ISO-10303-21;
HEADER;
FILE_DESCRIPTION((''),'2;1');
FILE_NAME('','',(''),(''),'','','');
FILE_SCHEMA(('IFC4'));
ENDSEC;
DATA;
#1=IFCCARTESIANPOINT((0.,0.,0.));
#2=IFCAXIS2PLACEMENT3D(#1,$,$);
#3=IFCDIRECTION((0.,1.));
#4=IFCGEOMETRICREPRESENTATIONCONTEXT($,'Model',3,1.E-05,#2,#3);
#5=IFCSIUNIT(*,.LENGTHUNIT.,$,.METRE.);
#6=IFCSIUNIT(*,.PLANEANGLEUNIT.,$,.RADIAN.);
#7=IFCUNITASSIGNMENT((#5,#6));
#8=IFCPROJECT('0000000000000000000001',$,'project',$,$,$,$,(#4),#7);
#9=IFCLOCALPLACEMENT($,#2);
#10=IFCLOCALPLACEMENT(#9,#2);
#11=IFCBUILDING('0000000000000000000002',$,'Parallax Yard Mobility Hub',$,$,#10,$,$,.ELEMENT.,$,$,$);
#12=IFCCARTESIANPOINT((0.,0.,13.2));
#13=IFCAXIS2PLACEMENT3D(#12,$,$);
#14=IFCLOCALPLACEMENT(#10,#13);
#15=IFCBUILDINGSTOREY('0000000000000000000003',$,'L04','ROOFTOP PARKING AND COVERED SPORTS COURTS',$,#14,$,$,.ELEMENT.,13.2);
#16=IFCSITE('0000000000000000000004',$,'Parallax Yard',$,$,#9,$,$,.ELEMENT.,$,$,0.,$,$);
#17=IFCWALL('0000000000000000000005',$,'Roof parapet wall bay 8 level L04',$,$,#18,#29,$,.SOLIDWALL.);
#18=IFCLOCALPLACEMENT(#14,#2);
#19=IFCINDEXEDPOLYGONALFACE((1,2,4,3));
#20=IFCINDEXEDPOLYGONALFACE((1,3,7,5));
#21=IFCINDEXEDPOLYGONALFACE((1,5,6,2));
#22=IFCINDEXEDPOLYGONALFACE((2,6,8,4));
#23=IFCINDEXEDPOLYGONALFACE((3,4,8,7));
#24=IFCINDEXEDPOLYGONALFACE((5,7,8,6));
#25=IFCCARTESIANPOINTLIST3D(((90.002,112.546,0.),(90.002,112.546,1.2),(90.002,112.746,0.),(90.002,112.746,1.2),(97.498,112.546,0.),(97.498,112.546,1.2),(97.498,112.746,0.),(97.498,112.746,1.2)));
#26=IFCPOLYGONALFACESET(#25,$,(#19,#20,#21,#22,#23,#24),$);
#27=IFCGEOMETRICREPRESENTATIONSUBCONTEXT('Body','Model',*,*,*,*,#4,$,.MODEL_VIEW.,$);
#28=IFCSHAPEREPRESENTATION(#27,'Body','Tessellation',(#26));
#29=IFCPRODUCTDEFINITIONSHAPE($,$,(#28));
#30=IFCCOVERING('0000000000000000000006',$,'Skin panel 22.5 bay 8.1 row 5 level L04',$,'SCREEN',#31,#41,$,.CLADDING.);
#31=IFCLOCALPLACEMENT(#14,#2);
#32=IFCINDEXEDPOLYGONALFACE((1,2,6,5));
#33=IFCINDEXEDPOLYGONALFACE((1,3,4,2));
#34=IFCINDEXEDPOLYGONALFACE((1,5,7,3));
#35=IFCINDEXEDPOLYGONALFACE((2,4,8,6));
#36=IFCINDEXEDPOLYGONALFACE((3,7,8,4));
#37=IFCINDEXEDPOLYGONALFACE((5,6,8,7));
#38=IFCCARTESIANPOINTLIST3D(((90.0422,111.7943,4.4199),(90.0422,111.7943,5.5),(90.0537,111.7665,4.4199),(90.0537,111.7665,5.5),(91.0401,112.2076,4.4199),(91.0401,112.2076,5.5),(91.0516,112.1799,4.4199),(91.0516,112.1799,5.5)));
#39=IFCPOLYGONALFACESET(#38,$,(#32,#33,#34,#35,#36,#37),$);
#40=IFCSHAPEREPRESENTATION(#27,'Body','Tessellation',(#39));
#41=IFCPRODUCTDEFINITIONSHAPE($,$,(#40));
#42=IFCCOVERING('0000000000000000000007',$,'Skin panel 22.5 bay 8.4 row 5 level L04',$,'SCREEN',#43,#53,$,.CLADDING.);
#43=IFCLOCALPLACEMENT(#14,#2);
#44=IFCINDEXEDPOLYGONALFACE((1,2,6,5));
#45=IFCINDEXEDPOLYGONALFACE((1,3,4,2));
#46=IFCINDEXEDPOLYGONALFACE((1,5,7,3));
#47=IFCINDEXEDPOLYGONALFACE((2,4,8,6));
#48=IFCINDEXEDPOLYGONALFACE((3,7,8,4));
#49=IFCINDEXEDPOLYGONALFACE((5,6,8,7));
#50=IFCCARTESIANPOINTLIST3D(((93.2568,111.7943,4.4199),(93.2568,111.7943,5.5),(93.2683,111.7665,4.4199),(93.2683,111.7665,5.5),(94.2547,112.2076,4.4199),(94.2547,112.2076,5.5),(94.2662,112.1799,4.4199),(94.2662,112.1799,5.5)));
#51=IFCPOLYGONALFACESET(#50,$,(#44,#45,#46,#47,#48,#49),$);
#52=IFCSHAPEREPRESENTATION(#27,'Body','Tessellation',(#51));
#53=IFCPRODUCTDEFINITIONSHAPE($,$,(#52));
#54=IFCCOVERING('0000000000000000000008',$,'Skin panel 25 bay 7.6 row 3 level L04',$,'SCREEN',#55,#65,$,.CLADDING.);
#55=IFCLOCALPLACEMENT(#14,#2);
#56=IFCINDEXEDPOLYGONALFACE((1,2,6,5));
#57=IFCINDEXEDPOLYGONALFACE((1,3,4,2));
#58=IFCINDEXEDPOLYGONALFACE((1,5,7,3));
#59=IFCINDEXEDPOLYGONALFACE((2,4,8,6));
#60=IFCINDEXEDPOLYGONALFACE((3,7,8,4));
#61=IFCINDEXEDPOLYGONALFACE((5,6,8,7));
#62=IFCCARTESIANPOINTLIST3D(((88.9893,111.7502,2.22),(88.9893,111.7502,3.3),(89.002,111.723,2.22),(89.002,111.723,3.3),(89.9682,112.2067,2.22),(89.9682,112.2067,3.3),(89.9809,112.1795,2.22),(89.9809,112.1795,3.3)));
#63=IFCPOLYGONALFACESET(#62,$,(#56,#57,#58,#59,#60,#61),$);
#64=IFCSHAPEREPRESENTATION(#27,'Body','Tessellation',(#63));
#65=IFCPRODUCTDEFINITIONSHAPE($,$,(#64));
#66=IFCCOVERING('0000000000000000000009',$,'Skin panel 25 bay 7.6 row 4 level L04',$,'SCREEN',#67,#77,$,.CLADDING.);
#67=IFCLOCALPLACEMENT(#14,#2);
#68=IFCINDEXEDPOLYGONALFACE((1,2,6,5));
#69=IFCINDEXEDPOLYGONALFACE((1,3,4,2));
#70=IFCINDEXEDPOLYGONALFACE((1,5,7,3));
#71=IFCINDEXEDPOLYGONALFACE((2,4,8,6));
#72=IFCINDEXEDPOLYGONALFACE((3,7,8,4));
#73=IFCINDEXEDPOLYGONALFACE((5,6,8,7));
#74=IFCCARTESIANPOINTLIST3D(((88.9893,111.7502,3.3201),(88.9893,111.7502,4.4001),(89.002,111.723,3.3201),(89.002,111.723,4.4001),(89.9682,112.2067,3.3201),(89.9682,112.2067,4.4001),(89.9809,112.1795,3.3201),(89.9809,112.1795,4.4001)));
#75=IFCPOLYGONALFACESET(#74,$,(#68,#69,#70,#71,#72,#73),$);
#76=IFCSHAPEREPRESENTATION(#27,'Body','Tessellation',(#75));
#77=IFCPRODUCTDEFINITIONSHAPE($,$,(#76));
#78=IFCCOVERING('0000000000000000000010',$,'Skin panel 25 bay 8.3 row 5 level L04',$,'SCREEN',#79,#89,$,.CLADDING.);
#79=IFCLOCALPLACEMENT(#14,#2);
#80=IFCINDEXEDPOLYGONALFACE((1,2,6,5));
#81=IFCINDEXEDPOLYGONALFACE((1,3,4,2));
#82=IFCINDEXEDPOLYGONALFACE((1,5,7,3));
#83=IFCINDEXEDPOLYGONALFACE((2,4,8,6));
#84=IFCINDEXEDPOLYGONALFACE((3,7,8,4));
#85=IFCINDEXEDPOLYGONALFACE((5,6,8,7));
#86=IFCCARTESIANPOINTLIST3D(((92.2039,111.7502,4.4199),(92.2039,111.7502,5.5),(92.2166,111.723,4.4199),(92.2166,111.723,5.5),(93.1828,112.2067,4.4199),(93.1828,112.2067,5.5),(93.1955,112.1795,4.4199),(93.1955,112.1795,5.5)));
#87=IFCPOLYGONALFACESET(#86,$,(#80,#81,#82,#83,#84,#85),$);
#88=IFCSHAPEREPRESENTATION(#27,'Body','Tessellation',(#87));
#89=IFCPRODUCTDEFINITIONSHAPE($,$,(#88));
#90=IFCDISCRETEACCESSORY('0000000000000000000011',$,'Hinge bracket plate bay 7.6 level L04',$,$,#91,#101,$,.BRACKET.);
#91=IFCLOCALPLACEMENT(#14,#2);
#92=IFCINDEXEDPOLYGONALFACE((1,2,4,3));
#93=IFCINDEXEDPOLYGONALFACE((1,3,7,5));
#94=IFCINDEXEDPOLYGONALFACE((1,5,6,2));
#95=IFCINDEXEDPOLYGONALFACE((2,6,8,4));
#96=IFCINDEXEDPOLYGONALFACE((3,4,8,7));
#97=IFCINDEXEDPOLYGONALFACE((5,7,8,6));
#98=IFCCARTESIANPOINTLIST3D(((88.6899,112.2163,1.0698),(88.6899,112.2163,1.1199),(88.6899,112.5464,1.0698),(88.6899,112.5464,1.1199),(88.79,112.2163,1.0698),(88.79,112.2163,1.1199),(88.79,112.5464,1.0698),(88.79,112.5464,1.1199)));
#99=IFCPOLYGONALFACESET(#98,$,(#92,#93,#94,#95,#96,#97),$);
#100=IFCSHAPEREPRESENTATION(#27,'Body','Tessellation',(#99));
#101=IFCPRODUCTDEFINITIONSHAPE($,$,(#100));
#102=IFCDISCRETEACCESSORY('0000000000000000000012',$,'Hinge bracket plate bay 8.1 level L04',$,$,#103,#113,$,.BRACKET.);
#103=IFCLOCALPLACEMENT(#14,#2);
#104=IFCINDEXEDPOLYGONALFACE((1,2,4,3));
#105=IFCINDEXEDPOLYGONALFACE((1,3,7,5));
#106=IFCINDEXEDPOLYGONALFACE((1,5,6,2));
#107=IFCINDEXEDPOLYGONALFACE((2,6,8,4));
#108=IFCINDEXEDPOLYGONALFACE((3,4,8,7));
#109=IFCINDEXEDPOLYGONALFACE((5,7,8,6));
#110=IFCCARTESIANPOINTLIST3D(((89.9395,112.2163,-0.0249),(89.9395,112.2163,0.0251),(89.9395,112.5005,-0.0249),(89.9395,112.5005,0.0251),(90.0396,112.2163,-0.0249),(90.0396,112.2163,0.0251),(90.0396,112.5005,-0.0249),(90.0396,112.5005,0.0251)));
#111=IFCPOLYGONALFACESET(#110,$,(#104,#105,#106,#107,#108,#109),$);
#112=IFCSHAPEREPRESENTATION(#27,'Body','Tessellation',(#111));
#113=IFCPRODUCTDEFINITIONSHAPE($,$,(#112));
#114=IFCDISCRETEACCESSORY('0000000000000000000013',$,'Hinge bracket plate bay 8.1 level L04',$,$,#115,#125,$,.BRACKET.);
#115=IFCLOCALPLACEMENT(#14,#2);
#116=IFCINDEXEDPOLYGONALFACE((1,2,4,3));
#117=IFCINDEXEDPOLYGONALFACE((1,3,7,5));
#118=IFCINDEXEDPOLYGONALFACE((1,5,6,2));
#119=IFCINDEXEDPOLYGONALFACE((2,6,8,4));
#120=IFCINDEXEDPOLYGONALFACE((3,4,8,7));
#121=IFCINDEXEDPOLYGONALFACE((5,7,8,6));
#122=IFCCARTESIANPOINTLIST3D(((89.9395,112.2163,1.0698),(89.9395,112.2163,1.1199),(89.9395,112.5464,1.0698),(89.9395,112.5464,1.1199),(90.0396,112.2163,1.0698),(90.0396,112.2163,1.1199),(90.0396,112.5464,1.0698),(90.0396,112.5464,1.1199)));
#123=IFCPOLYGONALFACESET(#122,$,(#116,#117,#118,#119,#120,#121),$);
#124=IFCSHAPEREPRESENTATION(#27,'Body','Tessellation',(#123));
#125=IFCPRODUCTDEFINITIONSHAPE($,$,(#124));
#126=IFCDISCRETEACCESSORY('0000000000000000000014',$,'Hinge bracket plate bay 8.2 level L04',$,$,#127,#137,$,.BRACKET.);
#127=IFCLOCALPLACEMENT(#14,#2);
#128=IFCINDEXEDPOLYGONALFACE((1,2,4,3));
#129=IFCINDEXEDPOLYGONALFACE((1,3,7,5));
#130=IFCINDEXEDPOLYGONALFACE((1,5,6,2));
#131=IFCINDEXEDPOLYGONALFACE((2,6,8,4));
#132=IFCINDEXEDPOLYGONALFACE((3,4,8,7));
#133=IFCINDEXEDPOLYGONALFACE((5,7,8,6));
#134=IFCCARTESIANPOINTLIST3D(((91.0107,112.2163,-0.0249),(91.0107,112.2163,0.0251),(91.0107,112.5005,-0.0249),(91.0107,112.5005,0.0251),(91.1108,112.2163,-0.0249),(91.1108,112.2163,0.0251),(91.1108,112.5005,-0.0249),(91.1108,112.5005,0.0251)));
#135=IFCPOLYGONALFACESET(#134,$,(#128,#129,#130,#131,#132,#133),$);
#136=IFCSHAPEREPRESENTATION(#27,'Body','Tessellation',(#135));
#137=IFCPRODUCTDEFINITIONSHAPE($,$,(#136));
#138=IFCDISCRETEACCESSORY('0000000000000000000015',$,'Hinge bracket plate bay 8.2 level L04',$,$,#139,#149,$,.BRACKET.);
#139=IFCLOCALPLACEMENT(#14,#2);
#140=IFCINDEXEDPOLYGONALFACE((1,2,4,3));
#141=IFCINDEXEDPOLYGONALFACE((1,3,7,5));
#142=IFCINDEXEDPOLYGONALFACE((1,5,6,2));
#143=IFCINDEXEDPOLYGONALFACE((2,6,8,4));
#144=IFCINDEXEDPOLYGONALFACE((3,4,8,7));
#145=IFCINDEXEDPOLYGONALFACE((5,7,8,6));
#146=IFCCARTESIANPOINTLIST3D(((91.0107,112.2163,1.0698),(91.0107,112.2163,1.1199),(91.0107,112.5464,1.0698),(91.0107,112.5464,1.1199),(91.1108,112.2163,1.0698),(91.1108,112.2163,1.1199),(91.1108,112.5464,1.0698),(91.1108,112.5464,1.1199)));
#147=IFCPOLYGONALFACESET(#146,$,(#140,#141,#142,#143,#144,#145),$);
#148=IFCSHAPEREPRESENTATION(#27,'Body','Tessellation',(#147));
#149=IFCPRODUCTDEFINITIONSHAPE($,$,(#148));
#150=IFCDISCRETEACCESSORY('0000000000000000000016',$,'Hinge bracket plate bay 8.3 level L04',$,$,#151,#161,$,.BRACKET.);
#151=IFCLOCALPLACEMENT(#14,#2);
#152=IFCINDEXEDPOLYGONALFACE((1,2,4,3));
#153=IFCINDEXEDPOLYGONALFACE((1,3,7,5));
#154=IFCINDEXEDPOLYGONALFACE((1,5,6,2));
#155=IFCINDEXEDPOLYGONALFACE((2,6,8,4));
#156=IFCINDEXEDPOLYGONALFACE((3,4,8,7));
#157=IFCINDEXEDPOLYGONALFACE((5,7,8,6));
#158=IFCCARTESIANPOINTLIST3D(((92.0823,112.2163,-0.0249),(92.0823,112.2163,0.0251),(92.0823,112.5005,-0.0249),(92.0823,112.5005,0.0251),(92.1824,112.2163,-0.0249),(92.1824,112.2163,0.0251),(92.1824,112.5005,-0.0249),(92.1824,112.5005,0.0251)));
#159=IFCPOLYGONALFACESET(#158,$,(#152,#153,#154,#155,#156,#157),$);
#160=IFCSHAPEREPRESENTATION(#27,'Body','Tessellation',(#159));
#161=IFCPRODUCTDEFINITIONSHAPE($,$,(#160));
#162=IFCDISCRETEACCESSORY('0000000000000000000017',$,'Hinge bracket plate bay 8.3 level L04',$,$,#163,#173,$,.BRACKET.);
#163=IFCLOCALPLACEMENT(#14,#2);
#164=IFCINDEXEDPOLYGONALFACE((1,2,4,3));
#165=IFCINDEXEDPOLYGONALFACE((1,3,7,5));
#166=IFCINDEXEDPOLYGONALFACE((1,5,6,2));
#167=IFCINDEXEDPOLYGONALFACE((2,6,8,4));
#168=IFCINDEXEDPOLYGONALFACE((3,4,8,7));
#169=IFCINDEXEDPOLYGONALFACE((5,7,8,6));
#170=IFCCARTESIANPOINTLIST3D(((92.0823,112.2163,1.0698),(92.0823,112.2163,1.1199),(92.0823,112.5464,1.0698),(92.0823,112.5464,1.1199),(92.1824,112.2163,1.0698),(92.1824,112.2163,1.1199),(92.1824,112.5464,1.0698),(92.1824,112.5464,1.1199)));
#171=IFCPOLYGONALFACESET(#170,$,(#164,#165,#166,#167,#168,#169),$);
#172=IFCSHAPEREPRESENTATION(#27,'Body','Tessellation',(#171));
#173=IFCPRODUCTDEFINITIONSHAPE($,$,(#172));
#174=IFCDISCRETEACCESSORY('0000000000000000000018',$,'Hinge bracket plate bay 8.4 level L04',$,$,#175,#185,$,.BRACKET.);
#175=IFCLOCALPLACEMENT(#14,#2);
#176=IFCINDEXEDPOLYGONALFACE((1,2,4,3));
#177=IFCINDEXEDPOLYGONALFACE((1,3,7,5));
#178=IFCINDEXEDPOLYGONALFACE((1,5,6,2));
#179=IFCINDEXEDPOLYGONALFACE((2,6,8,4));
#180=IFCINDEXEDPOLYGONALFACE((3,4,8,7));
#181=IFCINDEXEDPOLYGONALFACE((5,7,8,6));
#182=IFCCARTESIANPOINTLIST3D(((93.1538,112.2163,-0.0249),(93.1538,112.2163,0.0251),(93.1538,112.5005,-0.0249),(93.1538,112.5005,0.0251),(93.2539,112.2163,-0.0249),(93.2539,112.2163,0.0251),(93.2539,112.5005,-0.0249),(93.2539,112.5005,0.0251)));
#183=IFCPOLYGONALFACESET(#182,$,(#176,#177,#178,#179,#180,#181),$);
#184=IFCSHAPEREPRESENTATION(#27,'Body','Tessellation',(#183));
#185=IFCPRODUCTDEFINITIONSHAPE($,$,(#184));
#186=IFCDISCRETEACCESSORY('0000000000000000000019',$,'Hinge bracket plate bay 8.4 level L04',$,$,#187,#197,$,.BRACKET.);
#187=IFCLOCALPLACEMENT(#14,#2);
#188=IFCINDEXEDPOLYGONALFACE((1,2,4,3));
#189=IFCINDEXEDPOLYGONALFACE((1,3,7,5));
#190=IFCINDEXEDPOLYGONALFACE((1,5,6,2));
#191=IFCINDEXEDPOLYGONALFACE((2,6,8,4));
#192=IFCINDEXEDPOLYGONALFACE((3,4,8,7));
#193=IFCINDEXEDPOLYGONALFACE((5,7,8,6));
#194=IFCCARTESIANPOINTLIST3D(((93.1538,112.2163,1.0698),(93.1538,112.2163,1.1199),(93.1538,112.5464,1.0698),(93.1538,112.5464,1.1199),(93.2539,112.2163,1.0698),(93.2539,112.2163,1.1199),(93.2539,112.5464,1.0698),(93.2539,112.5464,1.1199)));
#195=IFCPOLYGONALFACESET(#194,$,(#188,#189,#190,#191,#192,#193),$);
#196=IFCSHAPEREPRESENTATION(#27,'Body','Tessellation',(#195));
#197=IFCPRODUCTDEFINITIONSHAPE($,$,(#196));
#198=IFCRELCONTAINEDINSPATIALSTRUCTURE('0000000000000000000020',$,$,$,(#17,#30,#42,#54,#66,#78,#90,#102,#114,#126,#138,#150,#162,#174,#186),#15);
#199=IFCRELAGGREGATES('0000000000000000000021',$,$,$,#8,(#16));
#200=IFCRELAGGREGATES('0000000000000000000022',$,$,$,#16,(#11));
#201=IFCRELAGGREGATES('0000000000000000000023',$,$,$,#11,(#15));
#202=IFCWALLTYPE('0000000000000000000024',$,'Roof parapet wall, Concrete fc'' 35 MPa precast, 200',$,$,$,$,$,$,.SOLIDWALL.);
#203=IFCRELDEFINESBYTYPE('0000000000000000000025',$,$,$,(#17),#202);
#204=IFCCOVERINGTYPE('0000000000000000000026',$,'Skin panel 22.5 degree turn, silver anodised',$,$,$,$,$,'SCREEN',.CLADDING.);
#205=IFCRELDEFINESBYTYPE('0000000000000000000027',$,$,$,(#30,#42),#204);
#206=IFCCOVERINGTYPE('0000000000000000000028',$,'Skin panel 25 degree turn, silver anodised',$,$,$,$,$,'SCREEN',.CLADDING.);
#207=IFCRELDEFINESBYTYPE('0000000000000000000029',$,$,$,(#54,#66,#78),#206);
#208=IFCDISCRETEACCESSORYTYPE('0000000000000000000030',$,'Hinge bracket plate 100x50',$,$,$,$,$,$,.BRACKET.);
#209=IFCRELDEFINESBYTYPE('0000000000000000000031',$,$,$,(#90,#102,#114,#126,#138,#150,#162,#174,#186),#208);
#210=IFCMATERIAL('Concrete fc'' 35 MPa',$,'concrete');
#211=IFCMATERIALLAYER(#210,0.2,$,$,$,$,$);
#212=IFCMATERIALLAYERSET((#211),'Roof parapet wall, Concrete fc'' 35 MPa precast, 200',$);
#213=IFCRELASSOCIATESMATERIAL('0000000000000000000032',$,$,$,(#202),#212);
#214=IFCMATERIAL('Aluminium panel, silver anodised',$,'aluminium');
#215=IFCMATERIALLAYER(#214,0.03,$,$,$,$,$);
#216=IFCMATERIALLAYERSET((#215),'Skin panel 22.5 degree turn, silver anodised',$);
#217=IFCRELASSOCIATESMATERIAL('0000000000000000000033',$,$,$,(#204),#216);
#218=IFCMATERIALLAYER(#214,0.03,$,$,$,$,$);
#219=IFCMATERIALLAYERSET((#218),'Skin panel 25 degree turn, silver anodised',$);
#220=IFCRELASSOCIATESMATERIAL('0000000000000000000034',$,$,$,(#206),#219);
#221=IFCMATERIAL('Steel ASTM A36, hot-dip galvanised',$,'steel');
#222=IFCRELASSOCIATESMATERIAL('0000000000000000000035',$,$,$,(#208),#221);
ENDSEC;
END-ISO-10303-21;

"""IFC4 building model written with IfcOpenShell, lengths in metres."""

from ifc_helpers import new_model, si_unit, direction, frame, frame_2d, origin, origin_2d, place, context, subcontext, project, spatial, rectangle, extrude, material, layer, layer_set, type_object, element, save


model = new_model("IFC4")

# Units and contexts
model_context = context("Model", 3, precision=1e-05, world=origin(), true_north=direction((0.0, 1.0)))
body_context = subcontext(model_context, "Body", "Model", "MODEL_VIEW")
ifc_project = project(units=[si_unit("LENGTHUNIT", "METRE"), si_unit("PLANEANGLEUNIT", "RADIAN")], contexts=[model_context])

# Site, building, storey
site_placement = place(None, origin())
site = spatial("IfcSite", under=ifc_project, at=site_placement, Name="Parallax Yard", CompositionType="ELEMENT", RefElevation=0.0)
building_placement = place(site_placement, origin())
building = spatial("IfcBuilding", under=site, at=building_placement, Name="Parallax Yard Mobility Hub", CompositionType="ELEMENT")
storey_placement = place(building_placement, frame((0.0, 0.0, 13.2)))
storey = spatial("IfcBuildingStorey", under=building, at=storey_placement, Name="L04", Description="ROOFTOP PARKING AND COVERED SPORTS COURTS", CompositionType="ELEMENT", Elevation=13.2)

# Wall
ifc_material_1 = material(Name="Concrete fc' 35 MPa", Category="concrete")
ifc_layer_1 = layer(ifc_material_1, 0.2)
ifc_layer_set_1 = layer_set([ifc_layer_1], Name="Roof parapet wall, Concrete fc' 35 MPa precast, 200")
wall_type = type_object("IfcWallType", Name="Roof parapet wall, Concrete fc' 35 MPa precast, 200", PredefinedType="SOLIDWALL", material=ifc_layer_set_1)
wall_placement = place(storey_placement, frame((90.002, 112.646, 0.0), z_axis=(0.0, 0.0, 1.0), x_axis=(1.0, 0.0, 0.0)))
element("IfcWall", 1, at=wall_placement, inside=storey, type_object=wall_type, Name="Roof parapet wall bay 8 level L04", PredefinedType="SOLIDWALL", context=body_context, shape_type="SweptSolid", body=[
    extrude(rectangle(XDim=7.4961, YDim=0.2, at=frame_2d((3.748, 0.0))), origin(), (0.0, 0.0, 1.0), 1.2),
])

# Coverings
ifc_material_2 = material(Name="Aluminium panel, silver anodised", Category="aluminium")
ifc_layer_2 = layer(ifc_material_2, 0.03)
ifc_layer_set_2 = layer_set([ifc_layer_2], Name="Skin panel 22.5 degree turn, silver anodised")
covering_type_1 = type_object("IfcCoveringType", Name="Skin panel 22.5 degree turn, silver anodised", ElementType="SCREEN", PredefinedType="CLADDING", material=ifc_layer_set_2)
for number, where, z_axis, x_axis, name in (
    (2, (90.5469, 111.9871, 4.4199), (0.0, 0.0, 1.0), (-0.92388, -0.382683, 0.0), "Skin panel 22.5 bay 8.1 row 5 level L04"),
    (3, (93.7615, 111.9871, 4.4199), (0.0, 0.0, 1.0), (-0.92388, -0.382683, 0.0), "Skin panel 22.5 bay 8.4 row 5 level L04"),
):
    element("IfcCovering", number, at=place(storey_placement, frame(where, z_axis=z_axis, x_axis=x_axis)), inside=storey, type_object=covering_type_1, Name=name, ObjectType="SCREEN", PredefinedType="CLADDING", context=body_context, shape_type="SweptSolid", body=[
        extrude(rectangle(XDim=1.0801, YDim=0.03, at=origin_2d()), origin(), (0.0, 0.0, 1.0), 1.0801),
    ])
ifc_layer_3 = layer(ifc_material_2, 0.03)
ifc_layer_set_3 = layer_set([ifc_layer_3], Name="Skin panel 25 degree turn, silver anodised")
covering_type_2 = type_object("IfcCoveringType", Name="Skin panel 25 degree turn, silver anodised", ElementType="SCREEN", PredefinedType="CLADDING", material=ifc_layer_set_3)
for number, where, z_axis, x_axis, name in (
    (4, (89.4851, 111.9648, 2.22), (0.0, 0.0, 1.0), (-0.906308, -0.422618, 0.0), "Skin panel 25 bay 7.6 row 3 level L04"),
    (5, (89.4851, 111.9648, 3.3201), (0.0, 0.0, 1.0), (-0.906308, -0.422618, 0.0), "Skin panel 25 bay 7.6 row 4 level L04"),
    (6, (92.6997, 111.9648, 4.4199), (0.0, 0.0, 1.0), (-0.906308, -0.422618, 0.0), "Skin panel 25 bay 8.3 row 5 level L04"),
):
    element("IfcCovering", number, at=place(storey_placement, frame(where, z_axis=z_axis, x_axis=x_axis)), inside=storey, type_object=covering_type_2, Name=name, ObjectType="SCREEN", PredefinedType="CLADDING", context=body_context, shape_type="SweptSolid", body=[
        extrude(rectangle(XDim=1.0801, YDim=0.03, at=origin_2d()), origin(), (0.0, 0.0, 1.0), 1.0801),
    ])

# Discrete accessories
ifc_material_3 = material(Name="Steel ASTM A36, hot-dip galvanised", Category="steel")
discrete_accessory_type_1 = type_object("IfcDiscreteAccessoryType", Name="Hinge bracket plate 100x50", PredefinedType="BRACKET", material=ifc_material_3)
discrete_accessory_1_placement = place(storey_placement, frame((88.74, 112.3813, 1.0698), z_axis=(0.0, 0.0, 1.0), x_axis=(0.0, -1.0, 0.0)))
element("IfcDiscreteAccessory", 7, at=discrete_accessory_1_placement, inside=storey, type_object=discrete_accessory_type_1, Name="Hinge bracket plate bay 7.6 level L04", PredefinedType="BRACKET", context=body_context, shape_type="SweptSolid", body=[
    extrude(rectangle(XDim=0.3301, YDim=0.1001, at=origin_2d()), origin(), (0.0, 0.0, 1.0), 0.05),
])
discrete_accessory_2_placement = place(storey_placement, frame((89.9895, 112.3584, -0.0249), z_axis=(0.0, 0.0, 1.0), x_axis=(0.0, -1.0, 0.0)))
element("IfcDiscreteAccessory", 8, at=discrete_accessory_2_placement, inside=storey, type_object=discrete_accessory_type_1, Name="Hinge bracket plate bay 8.1 level L04", PredefinedType="BRACKET", context=body_context, shape_type="SweptSolid", body=[
    extrude(rectangle(XDim=0.2842, YDim=0.1001, at=origin_2d()), origin(), (0.0, 0.0, 1.0), 0.05),
])
discrete_accessory_3_placement = place(storey_placement, frame((89.9895, 112.3813, 1.0698), z_axis=(0.0, 0.0, 1.0), x_axis=(0.0, -1.0, 0.0)))
element("IfcDiscreteAccessory", 9, at=discrete_accessory_3_placement, inside=storey, type_object=discrete_accessory_type_1, Name="Hinge bracket plate bay 8.1 level L04", PredefinedType="BRACKET", context=body_context, shape_type="SweptSolid", body=[
    extrude(rectangle(XDim=0.3301, YDim=0.1001, at=origin_2d()), origin(), (0.0, 0.0, 1.0), 0.05),
])
discrete_accessory_4_placement = place(storey_placement, frame((91.0608, 112.3584, -0.0249), z_axis=(0.0, 0.0, 1.0), x_axis=(0.0, -1.0, 0.0)))
element("IfcDiscreteAccessory", 10, at=discrete_accessory_4_placement, inside=storey, type_object=discrete_accessory_type_1, Name="Hinge bracket plate bay 8.2 level L04", PredefinedType="BRACKET", context=body_context, shape_type="SweptSolid", body=[
    extrude(rectangle(XDim=0.2842, YDim=0.1001, at=origin_2d()), origin(), (0.0, 0.0, 1.0), 0.05),
])
discrete_accessory_5_placement = place(storey_placement, frame((91.0608, 112.3813, 1.0698), z_axis=(0.0, 0.0, 1.0), x_axis=(0.0, -1.0, 0.0)))
element("IfcDiscreteAccessory", 11, at=discrete_accessory_5_placement, inside=storey, type_object=discrete_accessory_type_1, Name="Hinge bracket plate bay 8.2 level L04", PredefinedType="BRACKET", context=body_context, shape_type="SweptSolid", body=[
    extrude(rectangle(XDim=0.3301, YDim=0.1001, at=origin_2d()), origin(), (0.0, 0.0, 1.0), 0.05),
])
discrete_accessory_6_placement = place(storey_placement, frame((92.1323, 112.3584, -0.0249), z_axis=(0.0, 0.0, 1.0), x_axis=(0.0, -1.0, 0.0)))
element("IfcDiscreteAccessory", 12, at=discrete_accessory_6_placement, inside=storey, type_object=discrete_accessory_type_1, Name="Hinge bracket plate bay 8.3 level L04", PredefinedType="BRACKET", context=body_context, shape_type="SweptSolid", body=[
    extrude(rectangle(XDim=0.2842, YDim=0.1001, at=origin_2d()), origin(), (0.0, 0.0, 1.0), 0.05),
])
discrete_accessory_7_placement = place(storey_placement, frame((92.1323, 112.3813, 1.0698), z_axis=(0.0, 0.0, 1.0), x_axis=(0.0, -1.0, 0.0)))
element("IfcDiscreteAccessory", 13, at=discrete_accessory_7_placement, inside=storey, type_object=discrete_accessory_type_1, Name="Hinge bracket plate bay 8.3 level L04", PredefinedType="BRACKET", context=body_context, shape_type="SweptSolid", body=[
    extrude(rectangle(XDim=0.3301, YDim=0.1001, at=origin_2d()), origin(), (0.0, 0.0, 1.0), 0.05),
])
discrete_accessory_8_placement = place(storey_placement, frame((93.2039, 112.3584, -0.0249), z_axis=(0.0, 0.0, 1.0), x_axis=(0.0, -1.0, 0.0)))
element("IfcDiscreteAccessory", 14, at=discrete_accessory_8_placement, inside=storey, type_object=discrete_accessory_type_1, Name="Hinge bracket plate bay 8.4 level L04", PredefinedType="BRACKET", context=body_context, shape_type="SweptSolid", body=[
    extrude(rectangle(XDim=0.2842, YDim=0.1001, at=origin_2d()), origin(), (0.0, 0.0, 1.0), 0.05),
])
discrete_accessory_9_placement = place(storey_placement, frame((93.2039, 112.3813, 1.0698), z_axis=(0.0, 0.0, 1.0), x_axis=(0.0, -1.0, 0.0)))
element("IfcDiscreteAccessory", 15, at=discrete_accessory_9_placement, inside=storey, type_object=discrete_accessory_type_1, Name="Hinge bracket plate bay 8.4 level L04", PredefinedType="BRACKET", context=body_context, shape_type="SweptSolid", body=[
    extrude(rectangle(XDim=0.3301, YDim=0.1001, at=origin_2d()), origin(), (0.0, 0.0, 1.0), 0.05),
])

save(model, "model.ifc")
